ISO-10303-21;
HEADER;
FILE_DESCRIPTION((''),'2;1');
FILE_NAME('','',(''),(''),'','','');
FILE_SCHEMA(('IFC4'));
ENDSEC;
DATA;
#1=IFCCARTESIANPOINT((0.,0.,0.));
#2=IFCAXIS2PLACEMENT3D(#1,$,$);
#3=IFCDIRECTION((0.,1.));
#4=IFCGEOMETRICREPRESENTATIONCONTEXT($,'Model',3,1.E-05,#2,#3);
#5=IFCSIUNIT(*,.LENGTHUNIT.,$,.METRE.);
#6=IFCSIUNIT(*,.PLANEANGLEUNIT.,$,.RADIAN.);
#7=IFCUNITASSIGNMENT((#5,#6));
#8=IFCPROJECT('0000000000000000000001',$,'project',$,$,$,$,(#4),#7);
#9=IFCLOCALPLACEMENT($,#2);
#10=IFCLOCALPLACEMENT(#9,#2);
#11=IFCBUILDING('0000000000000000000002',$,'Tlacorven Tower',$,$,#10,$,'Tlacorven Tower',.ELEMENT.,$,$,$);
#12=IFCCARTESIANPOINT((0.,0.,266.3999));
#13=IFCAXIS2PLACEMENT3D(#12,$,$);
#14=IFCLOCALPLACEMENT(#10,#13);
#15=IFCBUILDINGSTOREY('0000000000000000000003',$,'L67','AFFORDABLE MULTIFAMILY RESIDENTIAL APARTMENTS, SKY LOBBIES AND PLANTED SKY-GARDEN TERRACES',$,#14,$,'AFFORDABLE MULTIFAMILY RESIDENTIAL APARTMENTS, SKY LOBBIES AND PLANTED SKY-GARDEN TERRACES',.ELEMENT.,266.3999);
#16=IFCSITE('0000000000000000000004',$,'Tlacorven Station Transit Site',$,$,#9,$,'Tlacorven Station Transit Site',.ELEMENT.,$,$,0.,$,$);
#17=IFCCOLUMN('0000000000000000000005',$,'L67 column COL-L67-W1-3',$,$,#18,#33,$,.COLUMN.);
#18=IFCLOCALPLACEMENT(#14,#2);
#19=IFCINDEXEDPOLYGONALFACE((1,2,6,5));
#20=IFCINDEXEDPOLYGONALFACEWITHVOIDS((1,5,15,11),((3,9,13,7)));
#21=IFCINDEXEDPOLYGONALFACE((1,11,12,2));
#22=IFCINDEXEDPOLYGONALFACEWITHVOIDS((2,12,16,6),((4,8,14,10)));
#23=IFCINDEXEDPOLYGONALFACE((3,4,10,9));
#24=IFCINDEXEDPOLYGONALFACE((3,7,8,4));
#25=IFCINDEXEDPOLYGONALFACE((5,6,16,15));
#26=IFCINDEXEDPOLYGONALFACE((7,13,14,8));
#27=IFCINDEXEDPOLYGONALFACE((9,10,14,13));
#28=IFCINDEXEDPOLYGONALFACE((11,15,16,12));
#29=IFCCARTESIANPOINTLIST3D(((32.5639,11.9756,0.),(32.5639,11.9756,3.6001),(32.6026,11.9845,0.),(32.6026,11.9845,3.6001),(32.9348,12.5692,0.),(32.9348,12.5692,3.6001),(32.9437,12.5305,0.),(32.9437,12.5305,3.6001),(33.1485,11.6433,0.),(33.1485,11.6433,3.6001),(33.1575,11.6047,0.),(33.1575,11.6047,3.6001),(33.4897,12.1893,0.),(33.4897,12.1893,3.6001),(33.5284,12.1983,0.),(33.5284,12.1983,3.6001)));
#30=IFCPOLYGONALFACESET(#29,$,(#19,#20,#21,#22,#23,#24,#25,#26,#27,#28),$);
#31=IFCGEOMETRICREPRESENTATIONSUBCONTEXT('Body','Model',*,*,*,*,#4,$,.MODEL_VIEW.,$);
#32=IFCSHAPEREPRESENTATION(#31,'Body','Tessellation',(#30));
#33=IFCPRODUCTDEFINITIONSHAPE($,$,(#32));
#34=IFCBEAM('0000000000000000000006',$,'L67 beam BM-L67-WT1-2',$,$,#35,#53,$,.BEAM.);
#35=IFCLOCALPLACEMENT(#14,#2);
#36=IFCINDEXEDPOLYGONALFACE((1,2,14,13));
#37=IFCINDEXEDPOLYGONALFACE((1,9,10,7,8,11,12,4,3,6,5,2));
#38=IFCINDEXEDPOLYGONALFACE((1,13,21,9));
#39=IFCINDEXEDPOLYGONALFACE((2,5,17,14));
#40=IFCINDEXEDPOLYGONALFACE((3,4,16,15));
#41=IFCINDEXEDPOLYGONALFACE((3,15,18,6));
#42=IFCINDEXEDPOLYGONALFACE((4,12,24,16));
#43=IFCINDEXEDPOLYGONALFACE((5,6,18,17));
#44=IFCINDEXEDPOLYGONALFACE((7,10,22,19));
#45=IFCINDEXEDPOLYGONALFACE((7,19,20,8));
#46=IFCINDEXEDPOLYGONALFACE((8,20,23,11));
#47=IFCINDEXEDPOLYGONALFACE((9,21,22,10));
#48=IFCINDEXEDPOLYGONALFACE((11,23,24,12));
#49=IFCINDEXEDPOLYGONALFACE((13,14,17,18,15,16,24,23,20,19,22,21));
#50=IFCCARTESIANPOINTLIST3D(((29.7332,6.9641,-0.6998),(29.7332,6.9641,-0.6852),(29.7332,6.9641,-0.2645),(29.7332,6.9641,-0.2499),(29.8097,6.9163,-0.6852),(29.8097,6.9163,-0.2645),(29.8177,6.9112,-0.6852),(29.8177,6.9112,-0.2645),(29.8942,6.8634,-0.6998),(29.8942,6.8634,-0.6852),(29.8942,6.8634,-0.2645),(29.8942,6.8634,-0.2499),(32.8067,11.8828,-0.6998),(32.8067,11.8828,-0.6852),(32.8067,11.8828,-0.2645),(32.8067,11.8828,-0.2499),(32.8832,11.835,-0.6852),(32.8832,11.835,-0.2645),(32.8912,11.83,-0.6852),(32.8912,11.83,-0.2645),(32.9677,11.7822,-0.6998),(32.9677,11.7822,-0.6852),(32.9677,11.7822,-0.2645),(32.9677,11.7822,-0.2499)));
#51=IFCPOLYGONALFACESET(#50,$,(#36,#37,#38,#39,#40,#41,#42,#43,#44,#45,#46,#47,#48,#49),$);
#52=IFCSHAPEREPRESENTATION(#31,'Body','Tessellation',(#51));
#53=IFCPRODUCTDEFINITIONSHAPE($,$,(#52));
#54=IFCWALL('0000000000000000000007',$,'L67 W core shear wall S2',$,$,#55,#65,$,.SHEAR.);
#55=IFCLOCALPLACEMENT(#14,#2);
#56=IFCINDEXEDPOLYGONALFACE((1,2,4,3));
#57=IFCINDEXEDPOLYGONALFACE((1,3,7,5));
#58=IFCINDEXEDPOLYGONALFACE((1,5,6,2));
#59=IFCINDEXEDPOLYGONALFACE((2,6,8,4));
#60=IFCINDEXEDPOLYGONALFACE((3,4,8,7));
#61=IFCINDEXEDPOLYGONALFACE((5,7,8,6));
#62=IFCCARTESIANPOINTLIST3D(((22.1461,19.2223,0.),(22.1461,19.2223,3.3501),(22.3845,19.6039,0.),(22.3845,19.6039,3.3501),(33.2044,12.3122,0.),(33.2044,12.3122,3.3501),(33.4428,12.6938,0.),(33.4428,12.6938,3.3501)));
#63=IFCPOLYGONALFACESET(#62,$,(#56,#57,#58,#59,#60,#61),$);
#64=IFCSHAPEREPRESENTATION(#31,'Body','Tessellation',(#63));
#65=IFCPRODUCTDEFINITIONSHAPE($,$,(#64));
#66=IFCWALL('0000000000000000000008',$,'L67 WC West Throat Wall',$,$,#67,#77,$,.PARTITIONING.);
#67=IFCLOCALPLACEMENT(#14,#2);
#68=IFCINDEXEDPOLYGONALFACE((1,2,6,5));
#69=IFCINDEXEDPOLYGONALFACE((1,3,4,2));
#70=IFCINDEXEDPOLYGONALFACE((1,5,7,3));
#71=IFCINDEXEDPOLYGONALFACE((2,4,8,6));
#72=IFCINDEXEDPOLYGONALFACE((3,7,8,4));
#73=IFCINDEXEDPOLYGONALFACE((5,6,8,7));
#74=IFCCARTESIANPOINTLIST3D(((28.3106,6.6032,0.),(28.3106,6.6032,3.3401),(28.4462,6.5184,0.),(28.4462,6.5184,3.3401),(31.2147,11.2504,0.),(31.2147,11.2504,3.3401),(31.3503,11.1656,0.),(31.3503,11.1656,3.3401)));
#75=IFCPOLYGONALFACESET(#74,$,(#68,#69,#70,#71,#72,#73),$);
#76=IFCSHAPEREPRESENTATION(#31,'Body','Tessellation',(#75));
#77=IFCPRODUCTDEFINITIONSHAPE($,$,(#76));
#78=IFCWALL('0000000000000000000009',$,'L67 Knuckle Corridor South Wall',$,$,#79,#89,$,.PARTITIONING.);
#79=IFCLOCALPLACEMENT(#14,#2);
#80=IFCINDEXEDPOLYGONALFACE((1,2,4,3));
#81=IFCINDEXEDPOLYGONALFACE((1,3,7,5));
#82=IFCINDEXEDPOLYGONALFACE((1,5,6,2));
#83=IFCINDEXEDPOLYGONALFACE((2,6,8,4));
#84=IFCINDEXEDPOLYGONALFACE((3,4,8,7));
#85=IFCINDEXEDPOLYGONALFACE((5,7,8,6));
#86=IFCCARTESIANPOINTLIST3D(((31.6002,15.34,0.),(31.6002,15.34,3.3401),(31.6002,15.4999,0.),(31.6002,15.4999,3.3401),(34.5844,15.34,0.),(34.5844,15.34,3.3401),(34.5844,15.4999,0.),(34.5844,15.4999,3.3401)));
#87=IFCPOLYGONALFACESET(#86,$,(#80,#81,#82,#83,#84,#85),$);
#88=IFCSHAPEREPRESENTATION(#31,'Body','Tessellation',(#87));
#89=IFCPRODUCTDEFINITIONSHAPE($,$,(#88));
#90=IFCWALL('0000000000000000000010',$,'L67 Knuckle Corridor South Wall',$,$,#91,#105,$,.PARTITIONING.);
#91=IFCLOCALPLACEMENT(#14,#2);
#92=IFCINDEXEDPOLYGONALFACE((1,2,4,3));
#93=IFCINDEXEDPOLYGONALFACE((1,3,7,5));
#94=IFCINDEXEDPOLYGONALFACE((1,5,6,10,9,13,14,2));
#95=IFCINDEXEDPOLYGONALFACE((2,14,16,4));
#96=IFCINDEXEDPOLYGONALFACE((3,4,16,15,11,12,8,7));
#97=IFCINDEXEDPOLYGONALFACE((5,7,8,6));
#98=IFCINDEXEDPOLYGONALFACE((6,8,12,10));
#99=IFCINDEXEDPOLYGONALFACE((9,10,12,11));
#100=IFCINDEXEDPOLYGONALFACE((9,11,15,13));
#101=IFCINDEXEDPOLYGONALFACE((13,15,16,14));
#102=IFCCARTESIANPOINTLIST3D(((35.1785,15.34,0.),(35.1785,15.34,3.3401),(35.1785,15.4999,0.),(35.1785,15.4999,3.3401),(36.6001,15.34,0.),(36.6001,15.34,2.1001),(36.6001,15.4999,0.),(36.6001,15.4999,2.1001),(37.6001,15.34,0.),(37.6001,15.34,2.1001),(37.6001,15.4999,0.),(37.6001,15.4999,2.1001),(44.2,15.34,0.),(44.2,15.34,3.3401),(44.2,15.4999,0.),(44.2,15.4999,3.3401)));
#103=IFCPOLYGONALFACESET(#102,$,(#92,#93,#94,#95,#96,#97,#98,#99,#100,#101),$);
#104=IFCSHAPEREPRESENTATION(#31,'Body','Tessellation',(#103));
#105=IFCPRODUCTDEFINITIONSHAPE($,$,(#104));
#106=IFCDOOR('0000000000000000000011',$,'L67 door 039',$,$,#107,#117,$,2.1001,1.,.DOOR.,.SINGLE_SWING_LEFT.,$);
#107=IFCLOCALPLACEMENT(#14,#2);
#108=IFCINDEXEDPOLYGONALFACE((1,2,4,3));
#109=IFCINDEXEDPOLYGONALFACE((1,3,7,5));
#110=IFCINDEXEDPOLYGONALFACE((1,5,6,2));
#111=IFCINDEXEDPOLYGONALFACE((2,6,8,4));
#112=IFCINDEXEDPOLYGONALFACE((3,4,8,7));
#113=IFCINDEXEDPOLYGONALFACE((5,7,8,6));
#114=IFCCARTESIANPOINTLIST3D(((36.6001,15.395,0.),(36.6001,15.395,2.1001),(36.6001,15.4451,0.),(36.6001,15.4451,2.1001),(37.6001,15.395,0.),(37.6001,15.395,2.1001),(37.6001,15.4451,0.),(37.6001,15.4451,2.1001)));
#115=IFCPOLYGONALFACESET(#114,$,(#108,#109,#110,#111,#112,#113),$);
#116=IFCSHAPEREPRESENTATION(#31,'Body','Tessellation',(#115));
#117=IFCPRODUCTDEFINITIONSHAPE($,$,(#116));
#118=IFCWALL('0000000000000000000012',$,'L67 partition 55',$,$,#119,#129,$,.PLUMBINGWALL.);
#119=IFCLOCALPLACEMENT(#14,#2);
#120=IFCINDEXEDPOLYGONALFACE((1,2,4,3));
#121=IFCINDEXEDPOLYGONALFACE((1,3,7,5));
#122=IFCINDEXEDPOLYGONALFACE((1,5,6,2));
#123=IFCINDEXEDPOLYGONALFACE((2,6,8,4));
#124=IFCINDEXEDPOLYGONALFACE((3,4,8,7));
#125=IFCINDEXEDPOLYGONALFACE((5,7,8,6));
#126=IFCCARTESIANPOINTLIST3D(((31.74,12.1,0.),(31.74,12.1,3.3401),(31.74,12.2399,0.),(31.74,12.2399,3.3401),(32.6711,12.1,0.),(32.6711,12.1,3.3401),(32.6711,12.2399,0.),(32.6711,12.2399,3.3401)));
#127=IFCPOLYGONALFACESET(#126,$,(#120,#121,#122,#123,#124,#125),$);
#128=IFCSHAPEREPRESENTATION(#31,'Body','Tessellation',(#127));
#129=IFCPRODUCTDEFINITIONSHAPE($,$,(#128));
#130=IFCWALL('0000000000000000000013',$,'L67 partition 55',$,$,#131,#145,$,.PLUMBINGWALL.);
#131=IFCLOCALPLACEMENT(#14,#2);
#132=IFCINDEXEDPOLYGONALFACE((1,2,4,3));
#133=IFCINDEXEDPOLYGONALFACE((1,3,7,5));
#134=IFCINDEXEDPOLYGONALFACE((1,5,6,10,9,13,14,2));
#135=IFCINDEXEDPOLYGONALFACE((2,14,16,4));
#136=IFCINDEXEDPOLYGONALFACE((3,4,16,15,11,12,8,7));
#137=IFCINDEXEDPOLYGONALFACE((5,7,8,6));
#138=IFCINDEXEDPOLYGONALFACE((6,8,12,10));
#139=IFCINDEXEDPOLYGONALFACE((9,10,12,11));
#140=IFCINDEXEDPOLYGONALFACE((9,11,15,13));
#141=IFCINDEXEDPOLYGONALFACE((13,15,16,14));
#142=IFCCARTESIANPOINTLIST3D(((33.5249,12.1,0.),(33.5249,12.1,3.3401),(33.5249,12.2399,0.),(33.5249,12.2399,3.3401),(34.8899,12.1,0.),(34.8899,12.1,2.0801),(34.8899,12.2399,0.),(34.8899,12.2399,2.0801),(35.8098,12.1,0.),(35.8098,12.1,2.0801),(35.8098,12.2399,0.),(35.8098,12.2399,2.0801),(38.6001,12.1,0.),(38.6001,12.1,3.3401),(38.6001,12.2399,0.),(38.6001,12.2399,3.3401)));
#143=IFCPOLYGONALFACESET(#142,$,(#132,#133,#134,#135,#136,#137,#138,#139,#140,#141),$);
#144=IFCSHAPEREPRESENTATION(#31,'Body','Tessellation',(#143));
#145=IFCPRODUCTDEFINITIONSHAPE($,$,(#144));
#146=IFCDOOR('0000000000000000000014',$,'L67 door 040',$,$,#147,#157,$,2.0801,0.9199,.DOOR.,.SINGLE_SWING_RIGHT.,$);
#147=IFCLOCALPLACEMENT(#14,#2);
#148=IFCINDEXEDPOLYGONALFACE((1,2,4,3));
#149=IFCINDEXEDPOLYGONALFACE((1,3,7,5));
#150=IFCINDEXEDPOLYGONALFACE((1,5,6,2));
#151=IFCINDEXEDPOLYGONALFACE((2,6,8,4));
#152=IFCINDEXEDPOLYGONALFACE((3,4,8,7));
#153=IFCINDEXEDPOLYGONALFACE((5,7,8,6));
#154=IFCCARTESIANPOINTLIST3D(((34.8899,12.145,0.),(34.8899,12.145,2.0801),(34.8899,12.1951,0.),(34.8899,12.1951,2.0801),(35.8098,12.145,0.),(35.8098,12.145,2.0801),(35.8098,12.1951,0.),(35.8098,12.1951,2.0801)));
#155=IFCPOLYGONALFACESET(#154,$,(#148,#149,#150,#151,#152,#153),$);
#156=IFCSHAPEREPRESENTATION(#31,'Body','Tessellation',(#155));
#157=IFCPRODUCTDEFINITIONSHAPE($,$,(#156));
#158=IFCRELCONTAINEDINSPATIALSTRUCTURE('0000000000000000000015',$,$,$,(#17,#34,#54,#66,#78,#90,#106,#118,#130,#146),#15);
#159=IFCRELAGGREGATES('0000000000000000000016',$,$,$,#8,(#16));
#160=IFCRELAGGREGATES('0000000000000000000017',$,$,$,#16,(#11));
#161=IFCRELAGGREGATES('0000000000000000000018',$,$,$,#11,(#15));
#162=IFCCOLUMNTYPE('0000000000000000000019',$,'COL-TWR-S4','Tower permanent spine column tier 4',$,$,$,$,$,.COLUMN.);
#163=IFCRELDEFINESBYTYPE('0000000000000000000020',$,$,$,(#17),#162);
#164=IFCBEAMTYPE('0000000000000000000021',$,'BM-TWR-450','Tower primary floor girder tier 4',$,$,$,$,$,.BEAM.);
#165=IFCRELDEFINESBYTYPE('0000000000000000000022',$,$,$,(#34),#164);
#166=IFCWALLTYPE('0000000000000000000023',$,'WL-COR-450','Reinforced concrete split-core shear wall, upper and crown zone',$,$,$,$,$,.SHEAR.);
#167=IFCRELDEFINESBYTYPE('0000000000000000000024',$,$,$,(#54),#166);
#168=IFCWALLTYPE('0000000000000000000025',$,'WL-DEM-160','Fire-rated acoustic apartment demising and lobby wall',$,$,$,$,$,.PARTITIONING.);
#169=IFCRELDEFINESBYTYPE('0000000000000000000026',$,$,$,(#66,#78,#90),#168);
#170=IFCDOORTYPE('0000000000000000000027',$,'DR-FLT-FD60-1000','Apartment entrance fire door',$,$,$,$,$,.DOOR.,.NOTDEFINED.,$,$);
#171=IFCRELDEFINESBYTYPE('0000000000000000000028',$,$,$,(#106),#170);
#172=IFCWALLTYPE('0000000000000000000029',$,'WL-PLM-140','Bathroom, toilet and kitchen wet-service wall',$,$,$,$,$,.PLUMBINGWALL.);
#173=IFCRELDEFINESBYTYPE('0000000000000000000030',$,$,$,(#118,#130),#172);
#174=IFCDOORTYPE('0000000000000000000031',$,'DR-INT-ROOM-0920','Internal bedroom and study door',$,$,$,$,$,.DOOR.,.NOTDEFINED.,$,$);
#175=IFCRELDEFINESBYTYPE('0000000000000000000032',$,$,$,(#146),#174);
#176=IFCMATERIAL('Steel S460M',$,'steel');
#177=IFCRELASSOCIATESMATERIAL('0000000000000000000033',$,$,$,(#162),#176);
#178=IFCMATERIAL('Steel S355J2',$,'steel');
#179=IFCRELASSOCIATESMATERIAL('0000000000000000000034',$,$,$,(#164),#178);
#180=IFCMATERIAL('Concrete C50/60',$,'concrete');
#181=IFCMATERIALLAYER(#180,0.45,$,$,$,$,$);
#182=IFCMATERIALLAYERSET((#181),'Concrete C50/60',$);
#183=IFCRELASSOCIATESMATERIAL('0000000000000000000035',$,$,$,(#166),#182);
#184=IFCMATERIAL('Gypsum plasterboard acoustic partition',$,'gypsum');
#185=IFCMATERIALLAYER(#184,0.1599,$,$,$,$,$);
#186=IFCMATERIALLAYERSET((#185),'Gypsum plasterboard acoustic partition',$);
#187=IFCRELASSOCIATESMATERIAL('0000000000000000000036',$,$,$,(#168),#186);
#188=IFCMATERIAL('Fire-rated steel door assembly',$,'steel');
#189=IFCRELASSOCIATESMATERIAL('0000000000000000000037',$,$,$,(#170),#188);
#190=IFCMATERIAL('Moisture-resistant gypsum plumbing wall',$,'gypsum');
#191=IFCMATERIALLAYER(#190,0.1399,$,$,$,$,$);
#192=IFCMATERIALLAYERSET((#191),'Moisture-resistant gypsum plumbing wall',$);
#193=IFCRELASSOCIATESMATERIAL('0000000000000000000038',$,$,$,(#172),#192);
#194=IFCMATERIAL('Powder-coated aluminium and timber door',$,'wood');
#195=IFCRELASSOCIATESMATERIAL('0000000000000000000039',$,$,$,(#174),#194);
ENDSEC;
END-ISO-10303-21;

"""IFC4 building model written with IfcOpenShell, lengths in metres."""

from ifc_helpers import new_model, si_unit, direction, frame, frame_2d, origin, origin_2d, place, context, subcontext, project, spatial, rectangle, hollow_rectangle, i_section, extrude, source, transform, mapped, material, layer, layer_set, material_profile, profile_set, type_object, element, fill, save


model = new_model("IFC4")

# Units and contexts
model_context = context("Model", 3, precision=1e-05, world=origin(), true_north=direction((0.0, 1.0)))
body_context = subcontext(model_context, "Body", "Model", "MODEL_VIEW")
ifc_project = project(units=[si_unit("LENGTHUNIT", "METRE"), si_unit("PLANEANGLEUNIT", "RADIAN")], contexts=[model_context])

# Site, building, storey
site_placement = place(None, origin())
site = spatial("IfcSite", under=ifc_project, at=site_placement, Name="Tlacorven Station Transit Site", LongName="Tlacorven Station Transit Site", CompositionType="ELEMENT", RefElevation=0.0)
building_placement = place(site_placement, origin())
building = spatial("IfcBuilding", under=site, at=building_placement, Name="Tlacorven Tower", LongName="Tlacorven Tower", CompositionType="ELEMENT")
storey_placement = place(building_placement, frame((0.0, 0.0, 266.3999)))
storey = spatial("IfcBuildingStorey", under=building, at=storey_placement, Name="L67", Description="AFFORDABLE MULTIFAMILY RESIDENTIAL APARTMENTS, SKY LOBBIES AND PLANTED SKY-GARDEN TERRACES", LongName="AFFORDABLE MULTIFAMILY RESIDENTIAL APARTMENTS, SKY LOBBIES AND PLANTED SKY-GARDEN TERRACES", CompositionType="ELEMENT", Elevation=266.3999)

# Column
ifc_material_1 = material(Name="Steel S460M", Category="steel")
ifc_material_profile_1 = material_profile(ifc_material_1, hollow_rectangle(XDim=0.7, YDim=0.7, WallThickness=0.0281, at=origin_2d()), Name="BOX 700X700X28")
ifc_profile_set_1 = profile_set([ifc_material_profile_1], Name="Steel S460M")
column_type = type_object("IfcColumnType", Name="COL-TWR-S4", Description="Tower permanent spine column tier 4", PredefinedType="COLUMN", material=ifc_profile_set_1)
shared_shape_1 = source(origin(), body_context, "Body", "SweptSolid", [
    extrude(hollow_rectangle(XDim=0.7, YDim=0.7, WallThickness=0.0281, at=origin_2d()), origin(), (0.0, 0.0, 1.0), 3.6001),
])
column_placement = place(storey_placement, frame((33.0461, 12.0869, 0.0), z_axis=(0.0, 0.0, 1.0), x_axis=(-0.848048, 0.529919, 0.0)))
element("IfcColumn", 1, at=column_placement, inside=storey, type_object=column_type, Name="L67 column COL-L67-W1-3", PredefinedType="COLUMN", context=body_context, shape_type="MappedRepresentation", body=[
    mapped(shared_shape_1, transform((0.0, 0.0, 0.0), scale=1.0)),
])

# Beam
ifc_material_2 = material(Name="Steel S355J2", Category="steel")
ifc_material_profile_2 = material_profile(ifc_material_2, i_section(OverallWidth=0.1899, OverallDepth=0.45, WebThickness=0.0095, FlangeThickness=0.0146, at=origin_2d()), Name="IPE 450")
ifc_profile_set_2 = profile_set([ifc_material_profile_2], Name="Steel S355J2")
beam_type = type_object("IfcBeamType", Name="BM-TWR-450", Description="Tower primary floor girder tier 4", PredefinedType="BEAM", material=ifc_profile_set_2)
shared_shape_2 = source(origin(), body_context, "Body", "SweptSolid", [
    extrude(i_section(OverallWidth=0.1899, OverallDepth=0.45, WebThickness=0.0095, FlangeThickness=0.0146, at=origin_2d()), origin(), (0.0, 0.0, 1.0), 5.8),
])
beam_placement = place(storey_placement, frame((32.8872, 11.8325, -0.4749), z_axis=(-0.529912, -0.848053, 0.0), x_axis=(0.848053, -0.529912, 0.0)))
element("IfcBeam", 2, at=beam_placement, inside=storey, type_object=beam_type, Name="L67 beam BM-L67-WT1-2", PredefinedType="BEAM", context=body_context, shape_type="MappedRepresentation", body=[
    mapped(shared_shape_2, transform((0.0, 0.0, 0.0), scale=1.0)),
])

# Walls
ifc_material_3 = material(Name="Concrete C50/60", Category="concrete")
ifc_layer_1 = layer(ifc_material_3, 0.45)
ifc_layer_set_1 = layer_set([ifc_layer_1], Name="Concrete C50/60")
wall_type_1 = type_object("IfcWallType", Name="WL-COR-450", Description="Reinforced concrete split-core shear wall, upper and crown zone", PredefinedType="SHEAR", material=ifc_layer_set_1)
wall_1_placement = place(storey_placement, frame((33.3237, 12.5029, 0.0), z_axis=(0.0, 0.0, 1.0), x_axis=(-0.848044, 0.529927, 0.0)))
element("IfcWall", 3, at=wall_1_placement, inside=storey, type_object=wall_type_1, Name="L67 W core shear wall S2", PredefinedType="SHEAR", context=body_context, shape_type="SweptSolid", body=[
    extrude(rectangle(XDim=13.0398, YDim=0.45, at=frame_2d((6.52, 0.0))), origin(), (0.0, 0.0, 1.0), 3.3501),
])
ifc_material_4 = material(Name="Gypsum plasterboard acoustic partition", Category="gypsum")
ifc_layer_2 = layer(ifc_material_4, 0.1599)
ifc_layer_set_2 = layer_set([ifc_layer_2], Name="Gypsum plasterboard acoustic partition")
wall_type_2 = type_object("IfcWallType", Name="WL-DEM-160", Description="Fire-rated acoustic apartment demising and lobby wall", PredefinedType="PARTITIONING", material=ifc_layer_set_2)
wall_2_placement = place(storey_placement, frame((31.2825, 11.208, 0.0), z_axis=(0.0, 0.0, 1.0), x_axis=(-0.529939, -0.848036, 0.0)))
element("IfcWall", 4, at=wall_2_placement, inside=storey, type_object=wall_type_2, Name="L67 WC West Throat Wall", PredefinedType="PARTITIONING", context=body_context, shape_type="SweptSolid", body=[
    extrude(rectangle(XDim=5.48, YDim=0.1599, at=frame_2d((2.74, 0.0))), origin(), (0.0, 0.0, 1.0), 3.3401),
])
wall_3_placement = place(storey_placement, frame((31.6001, 15.4199, 0.0), z_axis=(0.0, 0.0, 1.0), x_axis=(1.0, 0.0, 0.0)))
element("IfcWall", 5, at=wall_3_placement, inside=storey, type_object=wall_type_2, Name="L67 Knuckle Corridor South Wall", PredefinedType="PARTITIONING", context=body_context, shape_type="SweptSolid", body=[
    extrude(rectangle(XDim=2.9841, YDim=0.1599, at=frame_2d((1.4922, 0.0))), origin(), (0.0, 0.0, 1.0), 3.3401),
])

# Wall, opening, door
wall_4_placement = place(storey_placement, frame((35.1785, 15.4199, 0.0), z_axis=(0.0, 0.0, 1.0), x_axis=(1.0, 0.0, 0.0)))
wall_4 = element("IfcWall", 6, at=wall_4_placement, inside=storey, type_object=wall_type_2, Name="L67 Knuckle Corridor South Wall", PredefinedType="PARTITIONING", context=body_context, shape_type="SweptSolid", body=[
    extrude(rectangle(XDim=9.0215, YDim=0.1599, at=frame_2d((4.5107, 0.0))), origin(), (0.0, 0.0, 1.0), 3.3401),
])
opening_1_placement = place(wall_4_placement, frame((1.4216, 0.0, 0.0)))
opening_1 = element("IfcOpeningElement", 7, at=opening_1_placement, cuts=wall_4, PredefinedType="OPENING", context=body_context, shape_type="SweptSolid", body=[
    extrude(rectangle(XDim=1.0, YDim=2.1001, at=frame_2d((0.5, 1.05))), frame((0.0, 0.0898, 0.0), z_axis=(0.0, -1.0, 0.0), x_axis=(1.0, 0.0, 0.0)), (0.0, 0.0, 1.0), 0.1799),
])
ifc_material_5 = material(Name="Fire-rated steel door assembly", Category="steel")
door_type_1 = type_object("IfcDoorType", Name="DR-FLT-FD60-1000", Description="Apartment entrance fire door", OperationType="NOTDEFINED", PredefinedType="DOOR", material=ifc_material_5)
shared_shape_3 = source(origin(), body_context, "Body", "SweptSolid", [
    extrude(rectangle(XDim=1.0, YDim=2.1001, at=frame_2d((0.5, 1.05))), frame((0.0, 0.0249, 0.0), z_axis=(0.0, -1.0, 0.0), x_axis=(1.0, 0.0, 0.0)), (0.0, 0.0, 1.0), 0.05),
])
door_1_placement = place(opening_1_placement, frame((1.0, 0.0, 0.0), z_axis=(0.0, 0.0, 1.0), x_axis=(-1.0, 0.0, 0.0)))
door_1 = element("IfcDoor", 8, at=door_1_placement, inside=storey, type_object=door_type_1, Name="L67 door 039", OperationType="SINGLE_SWING_LEFT", OverallHeight=2.1001, OverallWidth=1.0, PredefinedType="DOOR", context=body_context, shape_type="MappedRepresentation", body=[
    mapped(shared_shape_3, transform((0.0, 0.0, 0.0), scale=1.0)),
])
fill(opening_1, door_1)

# Wall
ifc_material_6 = material(Name="Moisture-resistant gypsum plumbing wall", Category="gypsum")
ifc_layer_3 = layer(ifc_material_6, 0.1399)
ifc_layer_set_3 = layer_set([ifc_layer_3], Name="Moisture-resistant gypsum plumbing wall")
wall_type_3 = type_object("IfcWallType", Name="WL-PLM-140", Description="Bathroom, toilet and kitchen wet-service wall", PredefinedType="PLUMBINGWALL", material=ifc_layer_set_3)
wall_5_placement = place(storey_placement, frame((31.74, 12.1699, 0.0), z_axis=(0.0, 0.0, 1.0), x_axis=(1.0, 0.0, 0.0)))
element("IfcWall", 9, at=wall_5_placement, inside=storey, type_object=wall_type_3, Name="L67 partition 55", PredefinedType="PLUMBINGWALL", context=body_context, shape_type="SweptSolid", body=[
    extrude(rectangle(XDim=0.9312, YDim=0.1399, at=frame_2d((0.4656, 0.0))), origin(), (0.0, 0.0, 1.0), 3.3401),
])

# Wall, opening, door
wall_6_placement = place(storey_placement, frame((33.5249, 12.1699, 0.0), z_axis=(0.0, 0.0, 1.0), x_axis=(1.0, 0.0, 0.0)))
wall_6 = element("IfcWall", 10, at=wall_6_placement, inside=storey, type_object=wall_type_3, Name="L67 partition 55", PredefinedType="PLUMBINGWALL", context=body_context, shape_type="SweptSolid", body=[
    extrude(rectangle(XDim=5.0752, YDim=0.1399, at=frame_2d((2.5376, 0.0))), origin(), (0.0, 0.0, 1.0), 3.3401),
])
opening_2_placement = place(wall_6_placement, frame((1.365, 0.0, 0.0)))
opening_2 = element("IfcOpeningElement", 11, at=opening_2_placement, cuts=wall_6, PredefinedType="OPENING", context=body_context, shape_type="SweptSolid", body=[
    extrude(rectangle(XDim=0.9199, YDim=2.0801, at=frame_2d((0.46, 1.04))), frame((0.0, 0.0801, 0.0), z_axis=(0.0, -1.0, 0.0), x_axis=(1.0, 0.0, 0.0)), (0.0, 0.0, 1.0), 0.1599),
])
ifc_material_7 = material(Name="Powder-coated aluminium and timber door", Category="wood")
door_type_2 = type_object("IfcDoorType", Name="DR-INT-ROOM-0920", Description="Internal bedroom and study door", OperationType="NOTDEFINED", PredefinedType="DOOR", material=ifc_material_7)
shared_shape_4 = source(origin(), body_context, "Body", "SweptSolid", [
    extrude(rectangle(XDim=0.9199, YDim=2.0801, at=frame_2d((0.46, 1.04))), frame((0.0, 0.0249, 0.0), z_axis=(0.0, -1.0, 0.0), x_axis=(1.0, 0.0, 0.0)), (0.0, 0.0, 1.0), 0.05),
])
door_2_placement = place(opening_2_placement, frame((0.9199, 0.0, 0.0), z_axis=(0.0, 0.0, 1.0), x_axis=(-1.0, 0.0, 0.0)))
door_2 = element("IfcDoor", 12, at=door_2_placement, inside=storey, type_object=door_type_2, Name="L67 door 040", OperationType="SINGLE_SWING_RIGHT", OverallHeight=2.0801, OverallWidth=0.9199, PredefinedType="DOOR", context=body_context, shape_type="MappedRepresentation", body=[
    mapped(shared_shape_4, transform((0.0, 0.0, 0.0), scale=1.0)),
])
fill(opening_2, door_2)

save(model, "model.ifc")
